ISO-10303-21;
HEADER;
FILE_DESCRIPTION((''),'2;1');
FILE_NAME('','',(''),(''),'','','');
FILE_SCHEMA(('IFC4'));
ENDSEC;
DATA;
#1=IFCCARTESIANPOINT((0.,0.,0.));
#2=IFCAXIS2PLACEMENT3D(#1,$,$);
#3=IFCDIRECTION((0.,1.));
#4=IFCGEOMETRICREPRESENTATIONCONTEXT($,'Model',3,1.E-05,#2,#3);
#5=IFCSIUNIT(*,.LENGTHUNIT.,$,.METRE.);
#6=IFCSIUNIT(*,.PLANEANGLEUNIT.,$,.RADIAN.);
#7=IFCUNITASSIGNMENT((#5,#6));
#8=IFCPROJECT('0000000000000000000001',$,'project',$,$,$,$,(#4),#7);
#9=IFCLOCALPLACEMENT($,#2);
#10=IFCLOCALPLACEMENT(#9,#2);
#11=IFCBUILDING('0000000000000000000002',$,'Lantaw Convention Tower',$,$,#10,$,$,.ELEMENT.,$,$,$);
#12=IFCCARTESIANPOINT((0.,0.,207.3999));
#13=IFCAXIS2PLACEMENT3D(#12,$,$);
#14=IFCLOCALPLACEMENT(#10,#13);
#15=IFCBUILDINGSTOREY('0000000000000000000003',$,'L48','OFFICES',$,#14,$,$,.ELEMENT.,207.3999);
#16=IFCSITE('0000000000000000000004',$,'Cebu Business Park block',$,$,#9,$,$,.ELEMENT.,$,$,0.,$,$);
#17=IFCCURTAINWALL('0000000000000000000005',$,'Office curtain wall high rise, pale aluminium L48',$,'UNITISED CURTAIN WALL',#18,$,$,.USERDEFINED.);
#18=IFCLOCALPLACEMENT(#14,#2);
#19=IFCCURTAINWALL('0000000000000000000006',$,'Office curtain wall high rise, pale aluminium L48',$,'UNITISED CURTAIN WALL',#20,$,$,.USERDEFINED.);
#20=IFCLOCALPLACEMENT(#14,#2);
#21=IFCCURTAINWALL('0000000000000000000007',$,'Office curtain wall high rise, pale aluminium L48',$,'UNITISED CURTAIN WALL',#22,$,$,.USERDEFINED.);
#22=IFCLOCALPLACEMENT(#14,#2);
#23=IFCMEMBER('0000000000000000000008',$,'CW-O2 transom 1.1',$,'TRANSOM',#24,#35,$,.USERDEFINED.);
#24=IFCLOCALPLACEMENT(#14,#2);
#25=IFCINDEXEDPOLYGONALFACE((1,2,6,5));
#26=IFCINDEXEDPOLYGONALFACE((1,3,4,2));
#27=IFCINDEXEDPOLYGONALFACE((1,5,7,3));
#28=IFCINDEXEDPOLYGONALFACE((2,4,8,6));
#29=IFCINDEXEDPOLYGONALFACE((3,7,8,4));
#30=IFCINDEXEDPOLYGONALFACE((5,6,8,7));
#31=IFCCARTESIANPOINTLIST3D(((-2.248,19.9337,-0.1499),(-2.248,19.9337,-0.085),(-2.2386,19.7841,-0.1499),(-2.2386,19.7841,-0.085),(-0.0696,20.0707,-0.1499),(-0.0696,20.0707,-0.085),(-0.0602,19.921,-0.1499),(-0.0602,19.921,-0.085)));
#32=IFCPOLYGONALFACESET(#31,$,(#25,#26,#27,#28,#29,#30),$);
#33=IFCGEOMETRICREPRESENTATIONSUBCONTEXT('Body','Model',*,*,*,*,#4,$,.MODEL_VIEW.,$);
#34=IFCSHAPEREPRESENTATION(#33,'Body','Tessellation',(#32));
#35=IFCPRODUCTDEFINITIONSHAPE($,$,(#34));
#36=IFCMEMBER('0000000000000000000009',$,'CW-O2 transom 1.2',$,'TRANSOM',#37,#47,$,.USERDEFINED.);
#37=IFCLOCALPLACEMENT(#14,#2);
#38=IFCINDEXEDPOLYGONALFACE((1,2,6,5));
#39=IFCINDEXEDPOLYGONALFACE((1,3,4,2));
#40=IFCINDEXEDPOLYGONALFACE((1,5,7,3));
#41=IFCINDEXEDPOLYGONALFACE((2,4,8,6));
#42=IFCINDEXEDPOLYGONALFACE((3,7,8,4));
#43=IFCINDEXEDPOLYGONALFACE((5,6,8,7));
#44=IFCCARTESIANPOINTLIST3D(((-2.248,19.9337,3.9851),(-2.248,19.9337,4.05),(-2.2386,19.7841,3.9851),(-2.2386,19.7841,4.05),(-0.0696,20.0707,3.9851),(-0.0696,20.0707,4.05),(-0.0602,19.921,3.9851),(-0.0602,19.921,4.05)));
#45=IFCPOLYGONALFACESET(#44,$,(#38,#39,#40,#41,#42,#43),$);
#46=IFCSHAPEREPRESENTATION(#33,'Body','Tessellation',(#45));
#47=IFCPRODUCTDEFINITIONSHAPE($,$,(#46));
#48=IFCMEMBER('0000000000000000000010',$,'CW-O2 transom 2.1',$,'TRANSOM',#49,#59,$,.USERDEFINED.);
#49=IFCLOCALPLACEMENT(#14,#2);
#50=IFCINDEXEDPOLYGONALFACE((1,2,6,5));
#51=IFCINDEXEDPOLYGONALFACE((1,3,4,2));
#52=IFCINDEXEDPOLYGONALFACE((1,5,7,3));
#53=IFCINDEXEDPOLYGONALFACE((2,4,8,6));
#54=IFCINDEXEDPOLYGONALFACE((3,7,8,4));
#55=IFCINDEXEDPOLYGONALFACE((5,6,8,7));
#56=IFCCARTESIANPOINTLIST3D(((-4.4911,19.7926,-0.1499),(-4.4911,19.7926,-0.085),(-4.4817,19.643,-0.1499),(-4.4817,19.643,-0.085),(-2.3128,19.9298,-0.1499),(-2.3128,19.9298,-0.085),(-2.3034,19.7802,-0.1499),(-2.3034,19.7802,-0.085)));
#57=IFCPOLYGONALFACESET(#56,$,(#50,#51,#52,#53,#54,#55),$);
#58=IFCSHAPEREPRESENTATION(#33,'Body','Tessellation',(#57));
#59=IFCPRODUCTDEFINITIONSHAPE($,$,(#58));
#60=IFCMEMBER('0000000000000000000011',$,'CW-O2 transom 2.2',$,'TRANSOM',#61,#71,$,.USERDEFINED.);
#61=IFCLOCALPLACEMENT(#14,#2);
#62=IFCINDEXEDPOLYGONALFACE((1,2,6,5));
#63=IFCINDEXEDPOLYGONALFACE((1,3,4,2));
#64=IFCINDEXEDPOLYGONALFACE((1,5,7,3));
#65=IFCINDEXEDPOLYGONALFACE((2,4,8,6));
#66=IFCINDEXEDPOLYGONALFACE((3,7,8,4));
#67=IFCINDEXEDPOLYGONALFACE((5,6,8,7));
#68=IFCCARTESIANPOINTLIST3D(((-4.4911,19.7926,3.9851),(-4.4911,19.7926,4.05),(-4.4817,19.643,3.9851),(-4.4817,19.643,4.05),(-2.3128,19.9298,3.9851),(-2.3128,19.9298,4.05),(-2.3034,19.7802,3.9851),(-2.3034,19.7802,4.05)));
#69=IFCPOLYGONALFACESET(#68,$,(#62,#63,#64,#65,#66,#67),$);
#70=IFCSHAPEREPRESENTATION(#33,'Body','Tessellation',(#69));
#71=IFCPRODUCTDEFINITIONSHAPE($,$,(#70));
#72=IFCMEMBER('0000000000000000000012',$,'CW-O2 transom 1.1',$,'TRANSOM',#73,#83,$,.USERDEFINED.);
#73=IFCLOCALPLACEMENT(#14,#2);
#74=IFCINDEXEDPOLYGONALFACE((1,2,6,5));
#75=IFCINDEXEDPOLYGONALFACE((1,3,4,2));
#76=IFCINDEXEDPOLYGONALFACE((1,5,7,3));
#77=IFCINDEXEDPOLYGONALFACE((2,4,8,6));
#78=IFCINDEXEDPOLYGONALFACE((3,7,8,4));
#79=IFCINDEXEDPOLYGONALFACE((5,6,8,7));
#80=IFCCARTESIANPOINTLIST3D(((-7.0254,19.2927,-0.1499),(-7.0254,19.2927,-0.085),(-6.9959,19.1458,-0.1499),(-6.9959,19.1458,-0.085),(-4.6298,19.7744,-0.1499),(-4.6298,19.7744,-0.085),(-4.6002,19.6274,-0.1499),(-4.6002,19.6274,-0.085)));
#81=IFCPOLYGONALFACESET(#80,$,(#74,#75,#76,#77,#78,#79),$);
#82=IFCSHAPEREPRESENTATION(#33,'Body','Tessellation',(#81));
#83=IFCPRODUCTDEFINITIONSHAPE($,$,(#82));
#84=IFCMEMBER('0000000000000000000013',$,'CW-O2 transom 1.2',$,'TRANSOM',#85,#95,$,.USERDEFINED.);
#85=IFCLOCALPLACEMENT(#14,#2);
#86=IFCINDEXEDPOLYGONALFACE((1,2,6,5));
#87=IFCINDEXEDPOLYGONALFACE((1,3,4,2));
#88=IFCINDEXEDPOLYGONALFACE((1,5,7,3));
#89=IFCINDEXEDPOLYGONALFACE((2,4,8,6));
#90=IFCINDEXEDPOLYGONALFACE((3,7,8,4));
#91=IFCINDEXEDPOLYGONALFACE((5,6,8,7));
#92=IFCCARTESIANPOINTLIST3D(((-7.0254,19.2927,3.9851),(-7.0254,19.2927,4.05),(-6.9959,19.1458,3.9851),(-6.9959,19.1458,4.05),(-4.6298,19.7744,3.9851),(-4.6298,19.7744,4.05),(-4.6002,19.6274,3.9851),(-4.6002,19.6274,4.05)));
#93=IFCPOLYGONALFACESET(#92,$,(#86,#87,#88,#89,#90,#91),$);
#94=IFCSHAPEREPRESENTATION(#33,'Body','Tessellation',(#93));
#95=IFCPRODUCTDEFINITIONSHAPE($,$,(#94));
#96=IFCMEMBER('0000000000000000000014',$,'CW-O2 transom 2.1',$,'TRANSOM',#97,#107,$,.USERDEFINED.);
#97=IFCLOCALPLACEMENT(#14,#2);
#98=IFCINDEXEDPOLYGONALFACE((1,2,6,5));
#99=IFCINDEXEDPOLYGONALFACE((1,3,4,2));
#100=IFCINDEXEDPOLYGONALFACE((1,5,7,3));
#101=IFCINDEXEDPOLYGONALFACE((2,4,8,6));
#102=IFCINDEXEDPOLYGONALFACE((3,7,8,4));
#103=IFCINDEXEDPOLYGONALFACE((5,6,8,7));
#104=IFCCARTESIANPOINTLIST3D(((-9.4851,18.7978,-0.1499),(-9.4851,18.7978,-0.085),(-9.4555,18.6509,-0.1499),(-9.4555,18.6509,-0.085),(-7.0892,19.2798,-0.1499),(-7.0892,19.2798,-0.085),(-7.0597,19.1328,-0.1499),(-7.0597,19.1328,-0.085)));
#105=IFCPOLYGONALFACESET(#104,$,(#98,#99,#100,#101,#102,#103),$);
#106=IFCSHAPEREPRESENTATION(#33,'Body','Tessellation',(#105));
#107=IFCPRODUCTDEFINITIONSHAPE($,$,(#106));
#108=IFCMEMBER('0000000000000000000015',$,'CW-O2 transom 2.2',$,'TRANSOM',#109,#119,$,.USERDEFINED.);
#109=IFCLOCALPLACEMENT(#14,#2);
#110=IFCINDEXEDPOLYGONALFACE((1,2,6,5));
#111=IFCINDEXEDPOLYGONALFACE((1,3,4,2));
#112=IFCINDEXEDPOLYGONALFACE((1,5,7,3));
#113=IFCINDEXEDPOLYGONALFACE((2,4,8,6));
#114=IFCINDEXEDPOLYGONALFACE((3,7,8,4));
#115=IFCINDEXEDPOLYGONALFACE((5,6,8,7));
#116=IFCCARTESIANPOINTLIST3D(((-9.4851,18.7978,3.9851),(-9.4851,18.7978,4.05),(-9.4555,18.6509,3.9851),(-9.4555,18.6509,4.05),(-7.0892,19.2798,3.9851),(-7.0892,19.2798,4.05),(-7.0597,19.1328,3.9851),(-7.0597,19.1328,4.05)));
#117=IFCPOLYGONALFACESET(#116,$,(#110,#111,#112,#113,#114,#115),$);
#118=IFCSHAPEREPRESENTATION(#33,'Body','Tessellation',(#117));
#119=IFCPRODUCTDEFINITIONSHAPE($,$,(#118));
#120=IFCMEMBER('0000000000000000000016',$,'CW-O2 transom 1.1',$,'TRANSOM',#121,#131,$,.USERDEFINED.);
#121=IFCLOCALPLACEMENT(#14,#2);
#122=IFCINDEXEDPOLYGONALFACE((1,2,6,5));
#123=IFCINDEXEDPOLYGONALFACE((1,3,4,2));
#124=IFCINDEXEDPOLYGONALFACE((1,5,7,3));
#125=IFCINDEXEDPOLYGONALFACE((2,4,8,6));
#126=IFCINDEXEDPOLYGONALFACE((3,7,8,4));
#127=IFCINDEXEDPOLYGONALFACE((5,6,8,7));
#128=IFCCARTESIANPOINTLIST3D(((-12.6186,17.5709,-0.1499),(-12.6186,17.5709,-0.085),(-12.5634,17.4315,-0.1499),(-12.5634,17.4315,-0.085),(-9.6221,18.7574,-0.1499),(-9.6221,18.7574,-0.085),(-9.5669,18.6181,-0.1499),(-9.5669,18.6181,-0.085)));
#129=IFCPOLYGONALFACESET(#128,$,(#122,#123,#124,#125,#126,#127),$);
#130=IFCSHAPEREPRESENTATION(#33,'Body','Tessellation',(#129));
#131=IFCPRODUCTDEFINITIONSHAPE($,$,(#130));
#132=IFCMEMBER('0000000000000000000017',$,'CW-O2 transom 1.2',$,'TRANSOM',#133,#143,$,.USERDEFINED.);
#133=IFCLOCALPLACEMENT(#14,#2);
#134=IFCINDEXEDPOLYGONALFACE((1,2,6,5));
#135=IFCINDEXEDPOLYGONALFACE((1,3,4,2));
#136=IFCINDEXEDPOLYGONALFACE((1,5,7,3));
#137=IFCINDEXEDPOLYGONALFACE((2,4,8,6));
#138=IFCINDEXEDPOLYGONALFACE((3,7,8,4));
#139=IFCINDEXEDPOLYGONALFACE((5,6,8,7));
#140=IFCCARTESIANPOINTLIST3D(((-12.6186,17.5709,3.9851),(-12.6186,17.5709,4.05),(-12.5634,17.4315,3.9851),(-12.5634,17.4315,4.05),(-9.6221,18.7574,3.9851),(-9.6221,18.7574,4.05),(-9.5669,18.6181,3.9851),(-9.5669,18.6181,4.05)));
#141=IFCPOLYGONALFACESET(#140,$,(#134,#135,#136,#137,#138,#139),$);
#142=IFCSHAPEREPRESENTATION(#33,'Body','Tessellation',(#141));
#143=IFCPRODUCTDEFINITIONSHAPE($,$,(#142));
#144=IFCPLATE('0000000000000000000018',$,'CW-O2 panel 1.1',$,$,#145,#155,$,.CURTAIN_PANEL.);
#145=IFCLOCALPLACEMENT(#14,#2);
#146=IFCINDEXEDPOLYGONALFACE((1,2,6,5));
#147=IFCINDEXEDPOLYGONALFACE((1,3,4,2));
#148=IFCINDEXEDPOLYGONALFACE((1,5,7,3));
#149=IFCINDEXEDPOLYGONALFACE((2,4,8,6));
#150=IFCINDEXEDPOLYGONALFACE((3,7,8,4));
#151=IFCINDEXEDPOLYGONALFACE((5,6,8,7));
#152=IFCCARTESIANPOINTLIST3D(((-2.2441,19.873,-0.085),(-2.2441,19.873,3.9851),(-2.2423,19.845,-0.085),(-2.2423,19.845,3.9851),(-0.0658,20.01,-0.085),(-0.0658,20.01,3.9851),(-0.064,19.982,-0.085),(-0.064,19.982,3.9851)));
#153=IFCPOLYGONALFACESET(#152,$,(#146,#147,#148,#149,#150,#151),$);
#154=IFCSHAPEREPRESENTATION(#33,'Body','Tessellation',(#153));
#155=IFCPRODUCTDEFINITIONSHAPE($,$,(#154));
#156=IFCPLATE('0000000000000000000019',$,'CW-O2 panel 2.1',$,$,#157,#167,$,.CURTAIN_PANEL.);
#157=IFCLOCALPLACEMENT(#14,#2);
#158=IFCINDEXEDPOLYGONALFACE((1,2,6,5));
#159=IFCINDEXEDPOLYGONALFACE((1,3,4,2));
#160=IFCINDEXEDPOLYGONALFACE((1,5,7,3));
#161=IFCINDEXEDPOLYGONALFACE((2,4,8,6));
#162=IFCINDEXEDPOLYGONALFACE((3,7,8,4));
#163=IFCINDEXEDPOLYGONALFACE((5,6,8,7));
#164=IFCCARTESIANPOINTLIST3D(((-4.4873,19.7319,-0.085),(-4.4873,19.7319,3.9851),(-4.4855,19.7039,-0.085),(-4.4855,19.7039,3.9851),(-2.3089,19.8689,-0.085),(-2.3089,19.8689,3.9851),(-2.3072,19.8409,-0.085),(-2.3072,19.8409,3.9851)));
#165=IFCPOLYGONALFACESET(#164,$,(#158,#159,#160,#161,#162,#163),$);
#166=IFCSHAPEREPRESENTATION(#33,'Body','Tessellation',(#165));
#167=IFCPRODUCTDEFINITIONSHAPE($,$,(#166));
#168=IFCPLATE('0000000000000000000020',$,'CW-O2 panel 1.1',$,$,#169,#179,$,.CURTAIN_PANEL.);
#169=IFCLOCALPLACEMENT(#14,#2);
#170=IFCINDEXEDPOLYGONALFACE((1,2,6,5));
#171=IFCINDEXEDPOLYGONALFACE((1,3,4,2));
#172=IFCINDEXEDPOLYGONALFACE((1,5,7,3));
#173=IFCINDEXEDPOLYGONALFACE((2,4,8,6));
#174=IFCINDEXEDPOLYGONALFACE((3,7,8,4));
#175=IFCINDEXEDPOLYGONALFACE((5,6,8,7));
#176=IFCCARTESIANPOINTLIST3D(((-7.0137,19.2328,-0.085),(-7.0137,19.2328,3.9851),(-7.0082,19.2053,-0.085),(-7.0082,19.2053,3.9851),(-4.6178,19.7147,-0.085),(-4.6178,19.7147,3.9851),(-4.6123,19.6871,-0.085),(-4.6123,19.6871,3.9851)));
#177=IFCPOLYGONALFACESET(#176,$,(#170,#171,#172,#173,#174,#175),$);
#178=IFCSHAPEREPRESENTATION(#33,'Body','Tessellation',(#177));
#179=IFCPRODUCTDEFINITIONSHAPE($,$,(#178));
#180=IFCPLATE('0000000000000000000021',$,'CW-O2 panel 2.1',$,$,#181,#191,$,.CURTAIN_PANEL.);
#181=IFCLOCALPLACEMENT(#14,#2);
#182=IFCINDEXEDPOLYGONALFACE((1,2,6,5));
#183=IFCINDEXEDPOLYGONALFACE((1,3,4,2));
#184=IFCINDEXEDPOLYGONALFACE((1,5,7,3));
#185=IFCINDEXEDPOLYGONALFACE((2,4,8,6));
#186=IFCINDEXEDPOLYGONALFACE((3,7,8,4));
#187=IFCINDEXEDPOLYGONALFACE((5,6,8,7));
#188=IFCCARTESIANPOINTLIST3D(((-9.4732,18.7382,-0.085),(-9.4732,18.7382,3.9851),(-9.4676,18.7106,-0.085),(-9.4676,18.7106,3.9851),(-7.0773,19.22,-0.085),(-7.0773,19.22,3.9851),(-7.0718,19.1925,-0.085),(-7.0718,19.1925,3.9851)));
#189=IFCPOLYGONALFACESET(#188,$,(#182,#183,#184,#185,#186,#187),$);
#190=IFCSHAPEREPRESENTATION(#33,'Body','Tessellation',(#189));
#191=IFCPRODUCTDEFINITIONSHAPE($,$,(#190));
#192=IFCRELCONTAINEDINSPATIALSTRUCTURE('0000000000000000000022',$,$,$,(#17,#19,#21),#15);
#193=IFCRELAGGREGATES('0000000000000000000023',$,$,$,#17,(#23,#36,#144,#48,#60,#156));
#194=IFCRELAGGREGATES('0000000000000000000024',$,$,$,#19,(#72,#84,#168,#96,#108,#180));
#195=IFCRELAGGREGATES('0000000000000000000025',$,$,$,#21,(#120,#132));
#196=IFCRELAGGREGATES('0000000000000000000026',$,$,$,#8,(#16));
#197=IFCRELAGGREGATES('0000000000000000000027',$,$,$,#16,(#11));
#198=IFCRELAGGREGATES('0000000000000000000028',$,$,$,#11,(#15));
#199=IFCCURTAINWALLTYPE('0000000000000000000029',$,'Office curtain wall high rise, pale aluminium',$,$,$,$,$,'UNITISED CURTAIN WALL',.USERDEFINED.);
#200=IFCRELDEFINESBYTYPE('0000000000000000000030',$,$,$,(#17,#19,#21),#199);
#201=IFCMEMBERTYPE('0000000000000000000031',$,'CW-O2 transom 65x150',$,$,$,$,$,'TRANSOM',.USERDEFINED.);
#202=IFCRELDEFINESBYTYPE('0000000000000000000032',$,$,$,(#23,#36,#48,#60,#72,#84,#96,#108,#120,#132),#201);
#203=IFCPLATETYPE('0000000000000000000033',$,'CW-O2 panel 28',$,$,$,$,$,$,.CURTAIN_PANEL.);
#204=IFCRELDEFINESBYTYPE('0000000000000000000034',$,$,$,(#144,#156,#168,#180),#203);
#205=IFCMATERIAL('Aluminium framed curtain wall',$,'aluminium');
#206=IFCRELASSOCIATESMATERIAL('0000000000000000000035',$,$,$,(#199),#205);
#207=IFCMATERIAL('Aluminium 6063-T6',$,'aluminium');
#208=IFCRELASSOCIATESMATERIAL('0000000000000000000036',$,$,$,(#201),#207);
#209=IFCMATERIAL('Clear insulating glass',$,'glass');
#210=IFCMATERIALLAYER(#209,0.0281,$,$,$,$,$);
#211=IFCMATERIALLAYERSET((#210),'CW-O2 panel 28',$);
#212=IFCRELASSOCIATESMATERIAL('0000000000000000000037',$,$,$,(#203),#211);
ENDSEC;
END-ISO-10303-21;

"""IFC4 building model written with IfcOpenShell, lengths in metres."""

from ifc_helpers import new_model, si_unit, direction, frame, origin, origin_2d, place, context, subcontext, project, spatial, rectangle, extrude, material, layer, layer_set, material_profile, profile_set, type_object, element, aggregate, save


model = new_model("IFC4")

# Units and contexts
model_context = context("Model", 3, precision=1e-05, world=origin(), true_north=direction((0.0, 1.0)))
body_context = subcontext(model_context, "Body", "Model", "MODEL_VIEW")
ifc_project = project(units=[si_unit("LENGTHUNIT", "METRE"), si_unit("PLANEANGLEUNIT", "RADIAN")], contexts=[model_context])

# Site, building, storey
site_placement = place(None, origin())
site = spatial("IfcSite", under=ifc_project, at=site_placement, Name="Cebu Business Park block", CompositionType="ELEMENT", RefElevation=0.0)
building_placement = place(site_placement, origin())
building = spatial("IfcBuilding", under=site, at=building_placement, Name="Lantaw Convention Tower", CompositionType="ELEMENT")
storey_placement = place(building_placement, frame((0.0, 0.0, 207.3999)))
storey = spatial("IfcBuildingStorey", under=building, at=storey_placement, Name="L48", Description="OFFICES", CompositionType="ELEMENT", Elevation=207.3999)

# Curtain walls
ifc_material_1 = material(Name="Aluminium framed curtain wall", Category="aluminium")
curtain_wall_type = type_object("IfcCurtainWallType", Name="Office curtain wall high rise, pale aluminium", ElementType="UNITISED CURTAIN WALL", PredefinedType="USERDEFINED", material=ifc_material_1)
curtain_wall_1_placement = place(storey_placement, origin())
curtain_wall_1 = element("IfcCurtainWall", 1, at=curtain_wall_1_placement, inside=storey, type_object=curtain_wall_type, Name="Office curtain wall high rise, pale aluminium L48", ObjectType="UNITISED CURTAIN WALL", PredefinedType="USERDEFINED")
ifc_material_2 = material(Name="Aluminium 6063-T6", Category="aluminium")
curtain_wall_2_placement = place(storey_placement, origin())
curtain_wall_2 = element("IfcCurtainWall", 2, at=curtain_wall_2_placement, inside=storey, type_object=curtain_wall_type, Name="Office curtain wall high rise, pale aluminium L48", ObjectType="UNITISED CURTAIN WALL", PredefinedType="USERDEFINED")

# Curtain wall
curtain_wall_3_placement = place(storey_placement, origin())
curtain_wall_3 = element("IfcCurtainWall", 3, at=curtain_wall_3_placement, inside=storey, type_object=curtain_wall_type, Name="Office curtain wall high rise, pale aluminium L48", ObjectType="UNITISED CURTAIN WALL", PredefinedType="USERDEFINED")

# Members
ifc_material_profile_1 = material_profile(ifc_material_2, rectangle(XDim=0.1499, YDim=0.0649, at=origin_2d()), Name="CW-O2 transom 65x150")
ifc_profile_set_1 = profile_set([ifc_material_profile_1], Name="Aluminium 6063-T6")
member_type_1 = type_object("IfcMemberType", Name="CW-O2 transom 65x150", ElementType="TRANSOM", PredefinedType="USERDEFINED", material=ifc_profile_set_1)
member_1_placement = place(storey_placement, frame((-0.0649, 19.9958, -0.1174), z_axis=(-0.998029, -0.062754, 0.0), x_axis=(0.062754, -0.998029, 0.0)))
member_1 = element("IfcMember", 4, at=member_1_placement, type_object=member_type_1, Name="CW-O2 transom 1.1", ObjectType="TRANSOM", PredefinedType="USERDEFINED", context=body_context, shape_type="SweptSolid", body=[
    extrude(rectangle(XDim=0.1499, YDim=0.0649, at=origin_2d()), origin(), (0.0, 0.0, 1.0), 2.1826),
])
member_2_placement = place(storey_placement, frame((-0.0649, 19.9958, 4.0176), z_axis=(-0.998029, -0.062754, 0.0), x_axis=(0.062754, -0.998029, 0.0)))
member_2 = element("IfcMember", 5, at=member_2_placement, type_object=member_type_1, Name="CW-O2 transom 1.2", ObjectType="TRANSOM", PredefinedType="USERDEFINED", context=body_context, shape_type="SweptSolid", body=[
    extrude(rectangle(XDim=0.1499, YDim=0.0649, at=origin_2d()), origin(), (0.0, 0.0, 1.0), 2.1826),
])
member_3_placement = place(storey_placement, frame((-2.3081, 19.855, -0.1174), z_axis=(-0.998022, -0.062866, 0.0), x_axis=(0.062866, -0.998022, 0.0)))
member_3 = element("IfcMember", 6, at=member_3_placement, type_object=member_type_1, Name="CW-O2 transom 2.1", ObjectType="TRANSOM", PredefinedType="USERDEFINED", context=body_context, shape_type="SweptSolid", body=[
    extrude(rectangle(XDim=0.1499, YDim=0.0649, at=origin_2d()), origin(), (0.0, 0.0, 1.0), 2.1826),
])
member_4_placement = place(storey_placement, frame((-2.3081, 19.855, 4.0176), z_axis=(-0.998022, -0.062866, 0.0), x_axis=(0.062866, -0.998022, 0.0)))
member_4 = element("IfcMember", 7, at=member_4_placement, type_object=member_type_1, Name="CW-O2 transom 2.2", ObjectType="TRANSOM", PredefinedType="USERDEFINED", context=body_context, shape_type="SweptSolid", body=[
    extrude(rectangle(XDim=0.1499, YDim=0.0649, at=origin_2d()), origin(), (0.0, 0.0, 1.0), 2.1826),
])
member_5_placement = place(storey_placement, frame((-4.615, 19.7009, -0.1174), z_axis=(-0.98038, -0.197115, 0.0), x_axis=(0.197115, -0.98038, 0.0)))
member_5 = element("IfcMember", 8, at=member_5_placement, type_object=member_type_1, Name="CW-O2 transom 1.1", ObjectType="TRANSOM", PredefinedType="USERDEFINED", context=body_context, shape_type="SweptSolid", body=[
    extrude(rectangle(XDim=0.1499, YDim=0.0649, at=origin_2d()), origin(), (0.0, 0.0, 1.0), 2.4436),
])
member_6_placement = place(storey_placement, frame((-4.615, 19.7009, 4.0176), z_axis=(-0.98038, -0.197115, 0.0), x_axis=(0.197115, -0.98038, 0.0)))
member_6 = element("IfcMember", 9, at=member_6_placement, type_object=member_type_1, Name="CW-O2 transom 1.2", ObjectType="TRANSOM", PredefinedType="USERDEFINED", context=body_context, shape_type="SweptSolid", body=[
    extrude(rectangle(XDim=0.1499, YDim=0.0649, at=origin_2d()), origin(), (0.0, 0.0, 1.0), 2.4436),
])
member_7_placement = place(storey_placement, frame((-7.0745, 19.2063, -0.1174), z_axis=(-0.980361, -0.197211, 0.0), x_axis=(0.197211, -0.980361, 0.0)))
member_7 = element("IfcMember", 10, at=member_7_placement, type_object=member_type_1, Name="CW-O2 transom 2.1", ObjectType="TRANSOM", PredefinedType="USERDEFINED", context=body_context, shape_type="SweptSolid", body=[
    extrude(rectangle(XDim=0.1499, YDim=0.0649, at=origin_2d()), origin(), (0.0, 0.0, 1.0), 2.4438),
])
member_8_placement = place(storey_placement, frame((-7.0745, 19.2063, 4.0176), z_axis=(-0.980361, -0.197211, 0.0), x_axis=(0.197211, -0.980361, 0.0)))
member_8 = element("IfcMember", 11, at=member_8_placement, type_object=member_type_1, Name="CW-O2 transom 2.2", ObjectType="TRANSOM", PredefinedType="USERDEFINED", context=body_context, shape_type="SweptSolid", body=[
    extrude(rectangle(XDim=0.1499, YDim=0.0649, at=origin_2d()), origin(), (0.0, 0.0, 1.0), 2.4438),
])
member_9_placement = place(storey_placement, frame((-9.5945, 18.6877, -0.1174), z_axis=(-0.929767, -0.368149, 0.0), x_axis=(0.368149, -0.929767, 0.0)))
member_9 = element("IfcMember", 12, at=member_9_placement, type_object=member_type_1, Name="CW-O2 transom 1.1", ObjectType="TRANSOM", PredefinedType="USERDEFINED", context=body_context, shape_type="SweptSolid", body=[
    extrude(rectangle(XDim=0.1499, YDim=0.0649, at=origin_2d()), origin(), (0.0, 0.0, 1.0), 3.2229),
])
member_10_placement = place(storey_placement, frame((-9.5945, 18.6877, 4.0176), z_axis=(-0.929767, -0.368149, 0.0), x_axis=(0.368149, -0.929767, 0.0)))
member_10 = element("IfcMember", 13, at=member_10_placement, type_object=member_type_1, Name="CW-O2 transom 1.2", ObjectType="TRANSOM", PredefinedType="USERDEFINED", context=body_context, shape_type="SweptSolid", body=[
    extrude(rectangle(XDim=0.1499, YDim=0.0649, at=origin_2d()), origin(), (0.0, 0.0, 1.0), 3.2229),
])

# Plates
ifc_material_3 = material(Name="Clear insulating glass", Category="glass")
ifc_layer_1 = layer(ifc_material_3, 0.0281)
ifc_layer_set_1 = layer_set([ifc_layer_1], Name="CW-O2 panel 28")
plate_type_1 = type_object("IfcPlateType", Name="CW-O2 panel 28", PredefinedType="CURTAIN_PANEL", material=ifc_layer_set_1)
plate_1_placement = place(storey_placement, frame((-1.1541, 19.9275, -0.085), z_axis=(0.0, 0.0, 1.0), x_axis=(-0.998029, -0.062758, 0.0)))
plate_1 = element("IfcPlate", 14, at=plate_1_placement, type_object=plate_type_1, Name="CW-O2 panel 1.1", PredefinedType="CURTAIN_PANEL", context=body_context, shape_type="SweptSolid", body=[
    extrude(rectangle(XDim=2.1826, YDim=0.0281, at=origin_2d()), origin(), (0.0, 0.0, 1.0), 4.0701),
])
plate_2_placement = place(storey_placement, frame((-3.3972, 19.7864, -0.085), z_axis=(0.0, 0.0, 1.0), x_axis=(-0.998029, -0.062758, 0.0)))
plate_2 = element("IfcPlate", 15, at=plate_2_placement, type_object=plate_type_1, Name="CW-O2 panel 2.1", PredefinedType="CURTAIN_PANEL", context=body_context, shape_type="SweptSolid", body=[
    extrude(rectangle(XDim=2.1826, YDim=0.0281, at=origin_2d()), origin(), (0.0, 0.0, 1.0), 4.0701),
])
aggregate(curtain_wall_1, [member_1, member_2, plate_1, member_3, member_4, plate_2])
plate_3_placement = place(storey_placement, frame((-5.813, 19.46, -0.085), z_axis=(0.0, 0.0, 1.0), x_axis=(-0.980367, -0.197183, 0.0)))
plate_3 = element("IfcPlate", 16, at=plate_3_placement, type_object=plate_type_1, Name="CW-O2 panel 1.1", PredefinedType="CURTAIN_PANEL", context=body_context, shape_type="SweptSolid", body=[
    extrude(rectangle(XDim=2.4438, YDim=0.0281, at=origin_2d()), origin(), (0.0, 0.0, 1.0), 4.0701),
])
plate_4_placement = place(storey_placement, frame((-8.2725, 18.9653, -0.085), z_axis=(0.0, 0.0, 1.0), x_axis=(-0.980367, -0.197183, 0.0)))
plate_4 = element("IfcPlate", 17, at=plate_4_placement, type_object=plate_type_1, Name="CW-O2 panel 2.1", PredefinedType="CURTAIN_PANEL", context=body_context, shape_type="SweptSolid", body=[
    extrude(rectangle(XDim=2.4438, YDim=0.0281, at=origin_2d()), origin(), (0.0, 0.0, 1.0), 4.0701),
])
aggregate(curtain_wall_2, [member_5, member_6, plate_3, member_7, member_8, plate_4])
aggregate(curtain_wall_3, [member_9, member_10])

save(model, "model.ifc")
